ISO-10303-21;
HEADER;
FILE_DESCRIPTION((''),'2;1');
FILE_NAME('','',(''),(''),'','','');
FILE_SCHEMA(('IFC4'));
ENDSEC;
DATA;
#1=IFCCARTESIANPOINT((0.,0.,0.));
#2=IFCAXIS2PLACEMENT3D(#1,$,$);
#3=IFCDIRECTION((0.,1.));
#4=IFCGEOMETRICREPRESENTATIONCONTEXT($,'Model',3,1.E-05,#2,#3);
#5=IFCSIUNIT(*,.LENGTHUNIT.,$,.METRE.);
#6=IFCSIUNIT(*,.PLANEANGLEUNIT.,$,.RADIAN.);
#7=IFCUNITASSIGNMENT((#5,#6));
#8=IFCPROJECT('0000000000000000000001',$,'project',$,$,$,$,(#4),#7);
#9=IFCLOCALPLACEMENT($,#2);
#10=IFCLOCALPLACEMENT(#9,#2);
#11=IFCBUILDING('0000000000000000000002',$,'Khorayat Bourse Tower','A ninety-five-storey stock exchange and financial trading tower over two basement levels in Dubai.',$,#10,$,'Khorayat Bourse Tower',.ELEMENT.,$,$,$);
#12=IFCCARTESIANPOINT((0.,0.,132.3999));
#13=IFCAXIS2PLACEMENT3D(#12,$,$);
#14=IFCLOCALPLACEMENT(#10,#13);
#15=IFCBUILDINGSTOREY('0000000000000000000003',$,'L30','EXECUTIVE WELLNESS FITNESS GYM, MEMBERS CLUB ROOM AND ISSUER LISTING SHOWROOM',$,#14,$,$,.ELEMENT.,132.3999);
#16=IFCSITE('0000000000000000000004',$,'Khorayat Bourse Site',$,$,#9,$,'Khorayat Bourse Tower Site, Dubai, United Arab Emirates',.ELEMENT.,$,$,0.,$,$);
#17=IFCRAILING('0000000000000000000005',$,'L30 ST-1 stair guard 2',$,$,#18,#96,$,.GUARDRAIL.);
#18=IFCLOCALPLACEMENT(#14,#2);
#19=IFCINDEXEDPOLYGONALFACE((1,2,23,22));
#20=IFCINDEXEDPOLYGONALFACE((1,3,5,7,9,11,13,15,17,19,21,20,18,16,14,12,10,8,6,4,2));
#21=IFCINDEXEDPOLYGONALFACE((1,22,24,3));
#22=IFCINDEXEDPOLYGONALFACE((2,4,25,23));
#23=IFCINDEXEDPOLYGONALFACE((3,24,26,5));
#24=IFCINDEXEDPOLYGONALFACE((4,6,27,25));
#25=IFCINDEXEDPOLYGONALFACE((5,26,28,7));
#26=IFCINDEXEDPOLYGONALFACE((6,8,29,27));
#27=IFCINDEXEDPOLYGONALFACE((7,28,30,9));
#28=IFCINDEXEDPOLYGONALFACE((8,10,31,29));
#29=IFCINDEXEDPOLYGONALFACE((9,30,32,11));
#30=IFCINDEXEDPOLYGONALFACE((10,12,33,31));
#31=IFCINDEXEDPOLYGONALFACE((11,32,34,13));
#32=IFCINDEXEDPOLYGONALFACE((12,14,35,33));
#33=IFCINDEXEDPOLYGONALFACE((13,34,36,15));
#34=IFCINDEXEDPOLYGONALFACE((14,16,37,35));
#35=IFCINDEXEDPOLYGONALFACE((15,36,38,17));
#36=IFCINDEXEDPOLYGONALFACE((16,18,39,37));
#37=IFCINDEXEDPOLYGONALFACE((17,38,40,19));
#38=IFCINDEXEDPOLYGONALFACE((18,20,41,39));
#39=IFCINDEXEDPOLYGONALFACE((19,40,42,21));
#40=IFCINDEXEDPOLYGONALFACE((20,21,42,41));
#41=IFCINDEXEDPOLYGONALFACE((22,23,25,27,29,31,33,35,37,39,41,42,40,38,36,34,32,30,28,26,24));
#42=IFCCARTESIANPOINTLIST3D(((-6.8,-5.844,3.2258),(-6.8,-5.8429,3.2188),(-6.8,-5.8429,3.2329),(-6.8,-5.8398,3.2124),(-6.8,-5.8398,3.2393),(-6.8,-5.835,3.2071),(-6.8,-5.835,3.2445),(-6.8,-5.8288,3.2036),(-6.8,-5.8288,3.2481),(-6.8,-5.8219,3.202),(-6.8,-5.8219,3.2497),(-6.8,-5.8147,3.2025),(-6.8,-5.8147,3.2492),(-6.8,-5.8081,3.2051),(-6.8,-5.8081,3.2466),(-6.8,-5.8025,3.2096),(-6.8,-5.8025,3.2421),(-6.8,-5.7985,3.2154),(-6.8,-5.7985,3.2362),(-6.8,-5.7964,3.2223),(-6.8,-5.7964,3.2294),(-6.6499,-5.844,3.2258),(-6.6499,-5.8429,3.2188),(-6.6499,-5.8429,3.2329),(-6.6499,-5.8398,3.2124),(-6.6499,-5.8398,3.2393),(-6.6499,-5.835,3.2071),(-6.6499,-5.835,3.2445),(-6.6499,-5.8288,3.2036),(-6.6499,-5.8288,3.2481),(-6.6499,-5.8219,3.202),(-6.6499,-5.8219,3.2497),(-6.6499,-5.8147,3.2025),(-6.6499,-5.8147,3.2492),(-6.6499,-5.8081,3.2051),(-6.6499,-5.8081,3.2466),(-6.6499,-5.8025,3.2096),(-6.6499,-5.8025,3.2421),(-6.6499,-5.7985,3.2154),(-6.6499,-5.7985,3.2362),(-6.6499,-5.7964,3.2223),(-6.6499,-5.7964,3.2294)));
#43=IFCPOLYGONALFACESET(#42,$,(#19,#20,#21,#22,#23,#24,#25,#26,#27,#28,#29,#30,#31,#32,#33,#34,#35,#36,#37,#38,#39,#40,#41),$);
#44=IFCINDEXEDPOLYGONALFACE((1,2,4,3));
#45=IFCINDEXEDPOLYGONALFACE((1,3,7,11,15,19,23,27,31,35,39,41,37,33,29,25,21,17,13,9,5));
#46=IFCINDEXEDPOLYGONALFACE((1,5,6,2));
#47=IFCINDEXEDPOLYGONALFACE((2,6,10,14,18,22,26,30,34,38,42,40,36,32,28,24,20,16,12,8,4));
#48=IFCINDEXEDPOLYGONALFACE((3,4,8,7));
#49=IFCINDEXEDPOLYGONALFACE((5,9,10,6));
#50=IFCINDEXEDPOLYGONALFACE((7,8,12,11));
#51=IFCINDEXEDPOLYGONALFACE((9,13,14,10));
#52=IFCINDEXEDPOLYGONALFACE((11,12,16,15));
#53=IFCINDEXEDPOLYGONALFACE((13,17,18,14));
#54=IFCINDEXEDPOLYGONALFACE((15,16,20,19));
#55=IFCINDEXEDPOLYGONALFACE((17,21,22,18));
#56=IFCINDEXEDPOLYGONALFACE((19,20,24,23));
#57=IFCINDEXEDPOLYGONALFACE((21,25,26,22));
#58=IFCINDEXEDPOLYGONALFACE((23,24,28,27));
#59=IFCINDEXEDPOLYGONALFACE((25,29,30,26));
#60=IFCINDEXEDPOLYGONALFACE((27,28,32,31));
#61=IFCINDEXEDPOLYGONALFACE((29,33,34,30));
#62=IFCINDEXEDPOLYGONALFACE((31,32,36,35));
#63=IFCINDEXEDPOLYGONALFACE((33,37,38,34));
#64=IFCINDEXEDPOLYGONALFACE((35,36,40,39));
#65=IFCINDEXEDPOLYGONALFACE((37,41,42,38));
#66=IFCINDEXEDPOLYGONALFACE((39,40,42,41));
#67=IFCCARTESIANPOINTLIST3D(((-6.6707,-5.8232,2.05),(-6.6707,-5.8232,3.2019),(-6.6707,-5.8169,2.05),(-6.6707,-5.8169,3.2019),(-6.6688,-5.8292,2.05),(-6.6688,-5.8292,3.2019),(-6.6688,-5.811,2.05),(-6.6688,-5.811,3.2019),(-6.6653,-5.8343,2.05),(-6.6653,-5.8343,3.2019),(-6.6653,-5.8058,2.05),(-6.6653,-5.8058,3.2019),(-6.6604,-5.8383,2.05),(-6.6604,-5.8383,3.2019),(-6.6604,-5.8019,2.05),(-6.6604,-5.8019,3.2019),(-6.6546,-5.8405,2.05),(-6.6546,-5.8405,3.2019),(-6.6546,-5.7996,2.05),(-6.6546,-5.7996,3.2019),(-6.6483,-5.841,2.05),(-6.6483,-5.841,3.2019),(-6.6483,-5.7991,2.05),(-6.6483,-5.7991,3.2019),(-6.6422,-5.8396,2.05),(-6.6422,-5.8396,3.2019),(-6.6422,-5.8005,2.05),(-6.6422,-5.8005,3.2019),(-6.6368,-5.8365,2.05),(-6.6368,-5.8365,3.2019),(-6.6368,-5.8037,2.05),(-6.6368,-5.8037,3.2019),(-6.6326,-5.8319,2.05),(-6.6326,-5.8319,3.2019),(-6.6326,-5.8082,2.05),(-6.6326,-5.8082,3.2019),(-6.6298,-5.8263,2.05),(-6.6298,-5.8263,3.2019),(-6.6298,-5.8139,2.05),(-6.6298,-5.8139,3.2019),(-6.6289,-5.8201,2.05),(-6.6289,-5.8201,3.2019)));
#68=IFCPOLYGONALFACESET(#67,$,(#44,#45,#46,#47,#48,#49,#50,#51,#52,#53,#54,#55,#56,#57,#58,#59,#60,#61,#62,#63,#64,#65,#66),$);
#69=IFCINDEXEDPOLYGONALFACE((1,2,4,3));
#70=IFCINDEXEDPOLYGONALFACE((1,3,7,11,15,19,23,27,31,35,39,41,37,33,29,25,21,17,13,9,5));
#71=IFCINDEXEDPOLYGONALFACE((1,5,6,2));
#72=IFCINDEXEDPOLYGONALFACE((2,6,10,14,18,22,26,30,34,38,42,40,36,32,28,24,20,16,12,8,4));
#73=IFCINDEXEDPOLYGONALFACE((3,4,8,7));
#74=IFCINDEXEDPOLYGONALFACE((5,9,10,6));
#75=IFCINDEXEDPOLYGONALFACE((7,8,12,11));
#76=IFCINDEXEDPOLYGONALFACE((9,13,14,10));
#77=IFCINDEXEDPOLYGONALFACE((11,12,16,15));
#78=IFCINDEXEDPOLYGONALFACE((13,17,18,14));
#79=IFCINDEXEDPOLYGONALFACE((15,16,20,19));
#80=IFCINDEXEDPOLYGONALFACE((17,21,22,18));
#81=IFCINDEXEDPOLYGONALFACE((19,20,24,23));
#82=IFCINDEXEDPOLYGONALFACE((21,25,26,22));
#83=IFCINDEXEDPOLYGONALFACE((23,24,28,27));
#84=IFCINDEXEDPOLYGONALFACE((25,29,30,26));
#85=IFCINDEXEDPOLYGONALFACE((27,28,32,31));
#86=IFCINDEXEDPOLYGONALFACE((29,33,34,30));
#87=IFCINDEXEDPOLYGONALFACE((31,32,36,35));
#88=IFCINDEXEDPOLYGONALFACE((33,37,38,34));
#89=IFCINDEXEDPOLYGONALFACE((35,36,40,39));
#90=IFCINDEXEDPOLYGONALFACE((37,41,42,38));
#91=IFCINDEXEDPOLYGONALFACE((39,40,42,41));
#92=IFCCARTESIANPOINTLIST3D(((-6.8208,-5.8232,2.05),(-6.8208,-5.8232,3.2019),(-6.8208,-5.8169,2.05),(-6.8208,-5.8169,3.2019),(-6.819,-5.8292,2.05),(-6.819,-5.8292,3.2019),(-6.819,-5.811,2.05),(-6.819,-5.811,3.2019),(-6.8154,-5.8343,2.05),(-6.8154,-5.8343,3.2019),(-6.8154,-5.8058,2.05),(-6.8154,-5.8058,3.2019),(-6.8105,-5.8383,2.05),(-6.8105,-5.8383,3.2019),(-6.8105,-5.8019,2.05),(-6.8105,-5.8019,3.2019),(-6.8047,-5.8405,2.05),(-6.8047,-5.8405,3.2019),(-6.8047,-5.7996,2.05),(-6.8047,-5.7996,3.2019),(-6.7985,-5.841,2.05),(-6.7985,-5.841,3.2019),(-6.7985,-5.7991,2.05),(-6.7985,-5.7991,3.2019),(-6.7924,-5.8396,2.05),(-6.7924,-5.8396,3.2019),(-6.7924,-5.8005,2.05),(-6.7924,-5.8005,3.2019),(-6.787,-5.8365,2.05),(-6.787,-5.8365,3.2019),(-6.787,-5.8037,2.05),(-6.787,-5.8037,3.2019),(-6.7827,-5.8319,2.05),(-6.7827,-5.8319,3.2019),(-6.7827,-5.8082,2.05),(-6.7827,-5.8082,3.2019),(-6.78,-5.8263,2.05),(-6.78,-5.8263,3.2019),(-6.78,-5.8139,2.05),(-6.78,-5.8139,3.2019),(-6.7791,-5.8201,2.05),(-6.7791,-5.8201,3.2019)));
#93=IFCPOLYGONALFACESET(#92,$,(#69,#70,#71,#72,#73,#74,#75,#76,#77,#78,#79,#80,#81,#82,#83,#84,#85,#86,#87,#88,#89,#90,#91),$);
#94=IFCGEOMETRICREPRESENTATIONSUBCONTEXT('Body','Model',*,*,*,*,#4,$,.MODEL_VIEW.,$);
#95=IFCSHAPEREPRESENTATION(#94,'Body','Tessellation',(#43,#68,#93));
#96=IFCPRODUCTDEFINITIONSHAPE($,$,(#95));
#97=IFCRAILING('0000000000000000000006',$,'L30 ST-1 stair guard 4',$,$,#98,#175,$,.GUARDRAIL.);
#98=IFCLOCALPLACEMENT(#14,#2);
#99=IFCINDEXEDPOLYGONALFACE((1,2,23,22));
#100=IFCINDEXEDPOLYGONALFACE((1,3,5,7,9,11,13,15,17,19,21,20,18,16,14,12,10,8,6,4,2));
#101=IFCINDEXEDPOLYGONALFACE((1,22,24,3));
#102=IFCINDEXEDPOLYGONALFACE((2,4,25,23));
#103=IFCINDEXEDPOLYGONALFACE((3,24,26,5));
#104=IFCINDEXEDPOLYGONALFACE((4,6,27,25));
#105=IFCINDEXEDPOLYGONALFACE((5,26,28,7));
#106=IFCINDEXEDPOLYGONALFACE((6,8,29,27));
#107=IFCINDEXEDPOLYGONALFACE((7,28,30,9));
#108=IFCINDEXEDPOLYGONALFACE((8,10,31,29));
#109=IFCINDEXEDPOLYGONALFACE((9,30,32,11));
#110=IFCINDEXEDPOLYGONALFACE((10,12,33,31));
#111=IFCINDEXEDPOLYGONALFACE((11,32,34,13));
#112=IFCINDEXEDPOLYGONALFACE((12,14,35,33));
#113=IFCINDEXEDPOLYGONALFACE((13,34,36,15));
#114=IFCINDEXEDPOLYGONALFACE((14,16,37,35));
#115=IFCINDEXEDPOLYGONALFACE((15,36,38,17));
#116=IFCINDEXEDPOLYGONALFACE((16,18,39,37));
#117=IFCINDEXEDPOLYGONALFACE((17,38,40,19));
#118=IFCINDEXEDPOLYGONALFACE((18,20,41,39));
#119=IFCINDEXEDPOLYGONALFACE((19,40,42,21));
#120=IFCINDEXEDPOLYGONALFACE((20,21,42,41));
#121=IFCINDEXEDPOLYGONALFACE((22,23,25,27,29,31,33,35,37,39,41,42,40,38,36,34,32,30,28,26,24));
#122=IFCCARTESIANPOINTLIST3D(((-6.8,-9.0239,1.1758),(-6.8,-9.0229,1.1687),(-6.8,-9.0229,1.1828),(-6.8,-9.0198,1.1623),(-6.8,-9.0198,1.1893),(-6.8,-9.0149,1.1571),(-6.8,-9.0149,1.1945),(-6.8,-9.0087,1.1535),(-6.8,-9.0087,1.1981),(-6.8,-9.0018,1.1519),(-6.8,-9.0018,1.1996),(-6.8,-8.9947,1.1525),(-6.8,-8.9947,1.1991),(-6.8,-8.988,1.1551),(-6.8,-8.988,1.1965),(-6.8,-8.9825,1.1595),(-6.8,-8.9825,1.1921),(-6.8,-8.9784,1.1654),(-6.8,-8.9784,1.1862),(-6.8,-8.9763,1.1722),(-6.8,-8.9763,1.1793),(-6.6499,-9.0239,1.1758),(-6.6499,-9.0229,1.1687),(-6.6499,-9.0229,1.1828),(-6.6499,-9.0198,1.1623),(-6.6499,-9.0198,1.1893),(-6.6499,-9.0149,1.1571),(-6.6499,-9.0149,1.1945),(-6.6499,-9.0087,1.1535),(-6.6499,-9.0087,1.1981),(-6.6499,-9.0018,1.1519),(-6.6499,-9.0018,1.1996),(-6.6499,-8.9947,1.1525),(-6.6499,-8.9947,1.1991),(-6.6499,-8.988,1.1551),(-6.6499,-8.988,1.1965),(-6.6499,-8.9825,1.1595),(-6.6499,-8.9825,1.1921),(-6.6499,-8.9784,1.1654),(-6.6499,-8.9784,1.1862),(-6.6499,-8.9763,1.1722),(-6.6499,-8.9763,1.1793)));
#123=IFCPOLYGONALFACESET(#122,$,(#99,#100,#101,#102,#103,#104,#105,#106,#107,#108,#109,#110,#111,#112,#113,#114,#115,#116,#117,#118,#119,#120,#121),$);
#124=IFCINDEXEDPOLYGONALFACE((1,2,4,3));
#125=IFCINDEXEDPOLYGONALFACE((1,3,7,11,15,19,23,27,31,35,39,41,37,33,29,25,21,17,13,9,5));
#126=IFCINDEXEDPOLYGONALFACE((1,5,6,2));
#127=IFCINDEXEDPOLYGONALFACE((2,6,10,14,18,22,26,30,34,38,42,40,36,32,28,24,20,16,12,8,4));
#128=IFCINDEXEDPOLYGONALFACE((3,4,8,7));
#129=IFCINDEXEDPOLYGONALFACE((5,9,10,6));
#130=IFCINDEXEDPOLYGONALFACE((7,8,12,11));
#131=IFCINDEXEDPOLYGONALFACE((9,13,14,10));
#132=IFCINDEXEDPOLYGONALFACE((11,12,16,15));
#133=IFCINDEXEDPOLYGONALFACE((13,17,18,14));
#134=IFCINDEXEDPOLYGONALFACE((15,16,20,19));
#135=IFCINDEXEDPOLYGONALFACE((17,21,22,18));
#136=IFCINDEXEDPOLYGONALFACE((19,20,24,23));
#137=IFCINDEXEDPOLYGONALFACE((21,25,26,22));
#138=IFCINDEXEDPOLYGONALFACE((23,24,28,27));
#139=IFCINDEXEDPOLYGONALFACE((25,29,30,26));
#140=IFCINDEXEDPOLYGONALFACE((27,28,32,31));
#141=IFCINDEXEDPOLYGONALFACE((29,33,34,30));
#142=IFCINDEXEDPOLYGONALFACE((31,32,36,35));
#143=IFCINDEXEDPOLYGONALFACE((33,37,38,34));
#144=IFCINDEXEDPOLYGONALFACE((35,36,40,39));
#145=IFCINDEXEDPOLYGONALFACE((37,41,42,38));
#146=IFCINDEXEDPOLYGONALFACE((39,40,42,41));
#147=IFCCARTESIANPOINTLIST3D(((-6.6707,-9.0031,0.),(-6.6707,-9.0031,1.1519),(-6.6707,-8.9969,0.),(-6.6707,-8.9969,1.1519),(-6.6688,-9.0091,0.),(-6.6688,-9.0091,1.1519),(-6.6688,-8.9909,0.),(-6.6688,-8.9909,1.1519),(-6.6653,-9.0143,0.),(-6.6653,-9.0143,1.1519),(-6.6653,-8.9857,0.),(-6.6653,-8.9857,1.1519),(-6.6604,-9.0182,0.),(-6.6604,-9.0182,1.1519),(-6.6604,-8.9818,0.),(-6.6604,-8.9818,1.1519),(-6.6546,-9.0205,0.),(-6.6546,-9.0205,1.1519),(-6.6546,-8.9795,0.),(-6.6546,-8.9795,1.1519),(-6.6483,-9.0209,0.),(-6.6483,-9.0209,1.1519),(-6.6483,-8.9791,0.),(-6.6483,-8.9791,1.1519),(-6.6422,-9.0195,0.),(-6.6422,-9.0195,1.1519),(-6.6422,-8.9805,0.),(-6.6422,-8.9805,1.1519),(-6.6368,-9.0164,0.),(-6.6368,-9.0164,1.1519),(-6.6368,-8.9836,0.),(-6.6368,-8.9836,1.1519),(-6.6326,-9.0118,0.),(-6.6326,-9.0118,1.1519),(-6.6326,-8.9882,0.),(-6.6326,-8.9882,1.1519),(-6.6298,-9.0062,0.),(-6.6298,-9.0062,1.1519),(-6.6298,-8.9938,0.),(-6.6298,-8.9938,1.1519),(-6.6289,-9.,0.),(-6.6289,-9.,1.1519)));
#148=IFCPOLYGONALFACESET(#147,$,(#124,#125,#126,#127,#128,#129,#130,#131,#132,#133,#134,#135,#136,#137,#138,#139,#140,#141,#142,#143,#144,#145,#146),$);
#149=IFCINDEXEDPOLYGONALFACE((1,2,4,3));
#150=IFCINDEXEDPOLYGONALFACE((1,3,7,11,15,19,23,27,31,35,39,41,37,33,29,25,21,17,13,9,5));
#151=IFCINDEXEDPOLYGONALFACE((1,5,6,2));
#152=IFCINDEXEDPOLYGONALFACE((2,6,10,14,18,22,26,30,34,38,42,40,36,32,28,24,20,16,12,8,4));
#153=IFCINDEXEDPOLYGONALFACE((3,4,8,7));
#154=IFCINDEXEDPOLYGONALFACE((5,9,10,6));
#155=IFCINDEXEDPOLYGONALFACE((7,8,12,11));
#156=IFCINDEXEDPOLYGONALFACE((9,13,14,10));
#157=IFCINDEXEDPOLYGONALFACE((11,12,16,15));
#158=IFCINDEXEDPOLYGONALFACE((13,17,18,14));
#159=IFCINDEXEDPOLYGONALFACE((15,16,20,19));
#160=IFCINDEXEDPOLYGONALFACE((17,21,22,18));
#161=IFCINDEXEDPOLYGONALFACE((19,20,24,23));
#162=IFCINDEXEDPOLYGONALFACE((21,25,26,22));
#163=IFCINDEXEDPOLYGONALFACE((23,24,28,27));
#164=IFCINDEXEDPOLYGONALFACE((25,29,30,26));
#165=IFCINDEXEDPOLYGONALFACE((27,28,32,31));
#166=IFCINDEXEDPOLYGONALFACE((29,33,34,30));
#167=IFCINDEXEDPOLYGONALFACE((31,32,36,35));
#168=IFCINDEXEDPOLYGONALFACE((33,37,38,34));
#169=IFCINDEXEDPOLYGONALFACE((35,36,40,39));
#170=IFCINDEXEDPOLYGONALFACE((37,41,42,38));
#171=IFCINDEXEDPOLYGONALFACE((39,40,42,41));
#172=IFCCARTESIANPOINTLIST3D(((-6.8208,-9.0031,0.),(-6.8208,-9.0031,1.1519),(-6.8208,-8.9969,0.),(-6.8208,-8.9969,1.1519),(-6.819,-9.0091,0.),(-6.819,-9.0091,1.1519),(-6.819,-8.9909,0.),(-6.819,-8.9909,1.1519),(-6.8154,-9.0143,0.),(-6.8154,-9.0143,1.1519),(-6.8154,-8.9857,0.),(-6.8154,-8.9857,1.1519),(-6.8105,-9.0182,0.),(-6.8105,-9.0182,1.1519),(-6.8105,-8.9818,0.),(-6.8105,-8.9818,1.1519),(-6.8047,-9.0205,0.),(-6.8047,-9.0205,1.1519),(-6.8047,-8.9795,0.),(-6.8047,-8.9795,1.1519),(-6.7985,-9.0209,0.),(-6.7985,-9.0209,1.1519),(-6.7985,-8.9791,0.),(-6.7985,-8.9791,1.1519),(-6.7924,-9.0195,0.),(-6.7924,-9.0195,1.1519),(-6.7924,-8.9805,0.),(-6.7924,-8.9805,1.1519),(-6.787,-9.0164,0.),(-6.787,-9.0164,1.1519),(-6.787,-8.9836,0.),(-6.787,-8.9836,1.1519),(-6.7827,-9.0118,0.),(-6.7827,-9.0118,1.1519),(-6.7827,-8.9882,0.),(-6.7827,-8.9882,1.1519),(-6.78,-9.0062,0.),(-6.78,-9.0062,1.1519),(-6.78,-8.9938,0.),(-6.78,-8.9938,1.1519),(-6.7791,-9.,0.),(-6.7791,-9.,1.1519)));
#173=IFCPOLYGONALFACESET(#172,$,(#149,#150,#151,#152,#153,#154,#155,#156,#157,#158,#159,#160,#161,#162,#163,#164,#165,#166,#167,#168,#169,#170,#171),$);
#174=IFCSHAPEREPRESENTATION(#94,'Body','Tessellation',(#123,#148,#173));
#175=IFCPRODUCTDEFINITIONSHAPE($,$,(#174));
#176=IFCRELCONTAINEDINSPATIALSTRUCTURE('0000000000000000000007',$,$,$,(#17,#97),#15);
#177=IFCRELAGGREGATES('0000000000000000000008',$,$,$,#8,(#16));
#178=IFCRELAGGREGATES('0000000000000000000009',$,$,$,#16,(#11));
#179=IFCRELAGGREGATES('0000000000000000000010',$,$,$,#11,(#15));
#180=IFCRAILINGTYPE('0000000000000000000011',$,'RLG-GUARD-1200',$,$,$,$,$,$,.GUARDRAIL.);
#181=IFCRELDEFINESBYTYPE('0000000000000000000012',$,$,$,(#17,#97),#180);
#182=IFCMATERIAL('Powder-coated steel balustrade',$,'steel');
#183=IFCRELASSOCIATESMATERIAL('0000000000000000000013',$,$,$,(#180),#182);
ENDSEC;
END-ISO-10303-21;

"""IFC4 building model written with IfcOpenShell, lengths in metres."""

from ifc_helpers import new_model, si_unit, direction, frame, origin, origin_2d, place, context, subcontext, project, spatial, circle, extrude, source, transform, mapped, material, type_object, element, save


model = new_model("IFC4")

# Units and contexts
model_context = context("Model", 3, precision=1e-05, world=origin(), true_north=direction((0.0, 1.0)))
body_context = subcontext(model_context, "Body", "Model", "MODEL_VIEW")
ifc_project = project(units=[si_unit("LENGTHUNIT", "METRE"), si_unit("PLANEANGLEUNIT", "RADIAN")], contexts=[model_context])

# Site, building, storey
site_placement = place(None, origin())
site = spatial("IfcSite", under=ifc_project, at=site_placement, Name="Khorayat Bourse Site", LongName="Khorayat Bourse Tower Site, Dubai, United Arab Emirates", CompositionType="ELEMENT", RefElevation=0.0)
building_placement = place(site_placement, origin())
building = spatial("IfcBuilding", under=site, at=building_placement, Name="Khorayat Bourse Tower", Description="A ninety-five-storey stock exchange and financial trading tower over two basement levels in Dubai.", LongName="Khorayat Bourse Tower", CompositionType="ELEMENT")
storey_placement = place(building_placement, frame((0.0, 0.0, 132.3999)))
storey = spatial("IfcBuildingStorey", under=building, at=storey_placement, Name="L30", Description="EXECUTIVE WELLNESS FITNESS GYM, MEMBERS CLUB ROOM AND ISSUER LISTING SHOWROOM", CompositionType="ELEMENT", Elevation=132.3999)

# Railings
ifc_material_1 = material(Name="Powder-coated steel balustrade", Category="steel")
railing_type_1 = type_object("IfcRailingType", Name="RLG-GUARD-1200", PredefinedType="GUARDRAIL", material=ifc_material_1)
shared_shape_1 = source(origin(), body_context, "Body", "SweptSolid", [
    extrude(circle(Radius=0.0239, at=origin_2d()), frame((0.0, 0.0, 1.1758), z_axis=(-1.0, 0.0, 0.0), x_axis=(0.0, -1.0, 0.0)), (0.0, 0.0, 1.0), 0.1501),
    extrude(circle(Radius=0.021, at=origin_2d()), origin(), (0.0, 0.0, 1.0), 1.1519),
    extrude(circle(Radius=0.021, at=origin_2d()), frame((-0.1501, 0.0, 0.0)), (0.0, 0.0, 1.0), 1.1519),
])
for number, where, name in (
    (1, (-6.6499, -5.8201, 2.05), "L30 ST-1 stair guard 2"),
    (2, (-6.6499, -9.0, 0.0), "L30 ST-1 stair guard 4"),
):
    element("IfcRailing", number, at=place(storey_placement, frame(where)), inside=storey, type_object=railing_type_1, Name=name, PredefinedType="GUARDRAIL", context=body_context, shape_type="MappedRepresentation", body=[
        mapped(shared_shape_1, transform((0.0, 0.0, 0.0), scale=1.0)),
    ])

save(model, "model.ifc")
